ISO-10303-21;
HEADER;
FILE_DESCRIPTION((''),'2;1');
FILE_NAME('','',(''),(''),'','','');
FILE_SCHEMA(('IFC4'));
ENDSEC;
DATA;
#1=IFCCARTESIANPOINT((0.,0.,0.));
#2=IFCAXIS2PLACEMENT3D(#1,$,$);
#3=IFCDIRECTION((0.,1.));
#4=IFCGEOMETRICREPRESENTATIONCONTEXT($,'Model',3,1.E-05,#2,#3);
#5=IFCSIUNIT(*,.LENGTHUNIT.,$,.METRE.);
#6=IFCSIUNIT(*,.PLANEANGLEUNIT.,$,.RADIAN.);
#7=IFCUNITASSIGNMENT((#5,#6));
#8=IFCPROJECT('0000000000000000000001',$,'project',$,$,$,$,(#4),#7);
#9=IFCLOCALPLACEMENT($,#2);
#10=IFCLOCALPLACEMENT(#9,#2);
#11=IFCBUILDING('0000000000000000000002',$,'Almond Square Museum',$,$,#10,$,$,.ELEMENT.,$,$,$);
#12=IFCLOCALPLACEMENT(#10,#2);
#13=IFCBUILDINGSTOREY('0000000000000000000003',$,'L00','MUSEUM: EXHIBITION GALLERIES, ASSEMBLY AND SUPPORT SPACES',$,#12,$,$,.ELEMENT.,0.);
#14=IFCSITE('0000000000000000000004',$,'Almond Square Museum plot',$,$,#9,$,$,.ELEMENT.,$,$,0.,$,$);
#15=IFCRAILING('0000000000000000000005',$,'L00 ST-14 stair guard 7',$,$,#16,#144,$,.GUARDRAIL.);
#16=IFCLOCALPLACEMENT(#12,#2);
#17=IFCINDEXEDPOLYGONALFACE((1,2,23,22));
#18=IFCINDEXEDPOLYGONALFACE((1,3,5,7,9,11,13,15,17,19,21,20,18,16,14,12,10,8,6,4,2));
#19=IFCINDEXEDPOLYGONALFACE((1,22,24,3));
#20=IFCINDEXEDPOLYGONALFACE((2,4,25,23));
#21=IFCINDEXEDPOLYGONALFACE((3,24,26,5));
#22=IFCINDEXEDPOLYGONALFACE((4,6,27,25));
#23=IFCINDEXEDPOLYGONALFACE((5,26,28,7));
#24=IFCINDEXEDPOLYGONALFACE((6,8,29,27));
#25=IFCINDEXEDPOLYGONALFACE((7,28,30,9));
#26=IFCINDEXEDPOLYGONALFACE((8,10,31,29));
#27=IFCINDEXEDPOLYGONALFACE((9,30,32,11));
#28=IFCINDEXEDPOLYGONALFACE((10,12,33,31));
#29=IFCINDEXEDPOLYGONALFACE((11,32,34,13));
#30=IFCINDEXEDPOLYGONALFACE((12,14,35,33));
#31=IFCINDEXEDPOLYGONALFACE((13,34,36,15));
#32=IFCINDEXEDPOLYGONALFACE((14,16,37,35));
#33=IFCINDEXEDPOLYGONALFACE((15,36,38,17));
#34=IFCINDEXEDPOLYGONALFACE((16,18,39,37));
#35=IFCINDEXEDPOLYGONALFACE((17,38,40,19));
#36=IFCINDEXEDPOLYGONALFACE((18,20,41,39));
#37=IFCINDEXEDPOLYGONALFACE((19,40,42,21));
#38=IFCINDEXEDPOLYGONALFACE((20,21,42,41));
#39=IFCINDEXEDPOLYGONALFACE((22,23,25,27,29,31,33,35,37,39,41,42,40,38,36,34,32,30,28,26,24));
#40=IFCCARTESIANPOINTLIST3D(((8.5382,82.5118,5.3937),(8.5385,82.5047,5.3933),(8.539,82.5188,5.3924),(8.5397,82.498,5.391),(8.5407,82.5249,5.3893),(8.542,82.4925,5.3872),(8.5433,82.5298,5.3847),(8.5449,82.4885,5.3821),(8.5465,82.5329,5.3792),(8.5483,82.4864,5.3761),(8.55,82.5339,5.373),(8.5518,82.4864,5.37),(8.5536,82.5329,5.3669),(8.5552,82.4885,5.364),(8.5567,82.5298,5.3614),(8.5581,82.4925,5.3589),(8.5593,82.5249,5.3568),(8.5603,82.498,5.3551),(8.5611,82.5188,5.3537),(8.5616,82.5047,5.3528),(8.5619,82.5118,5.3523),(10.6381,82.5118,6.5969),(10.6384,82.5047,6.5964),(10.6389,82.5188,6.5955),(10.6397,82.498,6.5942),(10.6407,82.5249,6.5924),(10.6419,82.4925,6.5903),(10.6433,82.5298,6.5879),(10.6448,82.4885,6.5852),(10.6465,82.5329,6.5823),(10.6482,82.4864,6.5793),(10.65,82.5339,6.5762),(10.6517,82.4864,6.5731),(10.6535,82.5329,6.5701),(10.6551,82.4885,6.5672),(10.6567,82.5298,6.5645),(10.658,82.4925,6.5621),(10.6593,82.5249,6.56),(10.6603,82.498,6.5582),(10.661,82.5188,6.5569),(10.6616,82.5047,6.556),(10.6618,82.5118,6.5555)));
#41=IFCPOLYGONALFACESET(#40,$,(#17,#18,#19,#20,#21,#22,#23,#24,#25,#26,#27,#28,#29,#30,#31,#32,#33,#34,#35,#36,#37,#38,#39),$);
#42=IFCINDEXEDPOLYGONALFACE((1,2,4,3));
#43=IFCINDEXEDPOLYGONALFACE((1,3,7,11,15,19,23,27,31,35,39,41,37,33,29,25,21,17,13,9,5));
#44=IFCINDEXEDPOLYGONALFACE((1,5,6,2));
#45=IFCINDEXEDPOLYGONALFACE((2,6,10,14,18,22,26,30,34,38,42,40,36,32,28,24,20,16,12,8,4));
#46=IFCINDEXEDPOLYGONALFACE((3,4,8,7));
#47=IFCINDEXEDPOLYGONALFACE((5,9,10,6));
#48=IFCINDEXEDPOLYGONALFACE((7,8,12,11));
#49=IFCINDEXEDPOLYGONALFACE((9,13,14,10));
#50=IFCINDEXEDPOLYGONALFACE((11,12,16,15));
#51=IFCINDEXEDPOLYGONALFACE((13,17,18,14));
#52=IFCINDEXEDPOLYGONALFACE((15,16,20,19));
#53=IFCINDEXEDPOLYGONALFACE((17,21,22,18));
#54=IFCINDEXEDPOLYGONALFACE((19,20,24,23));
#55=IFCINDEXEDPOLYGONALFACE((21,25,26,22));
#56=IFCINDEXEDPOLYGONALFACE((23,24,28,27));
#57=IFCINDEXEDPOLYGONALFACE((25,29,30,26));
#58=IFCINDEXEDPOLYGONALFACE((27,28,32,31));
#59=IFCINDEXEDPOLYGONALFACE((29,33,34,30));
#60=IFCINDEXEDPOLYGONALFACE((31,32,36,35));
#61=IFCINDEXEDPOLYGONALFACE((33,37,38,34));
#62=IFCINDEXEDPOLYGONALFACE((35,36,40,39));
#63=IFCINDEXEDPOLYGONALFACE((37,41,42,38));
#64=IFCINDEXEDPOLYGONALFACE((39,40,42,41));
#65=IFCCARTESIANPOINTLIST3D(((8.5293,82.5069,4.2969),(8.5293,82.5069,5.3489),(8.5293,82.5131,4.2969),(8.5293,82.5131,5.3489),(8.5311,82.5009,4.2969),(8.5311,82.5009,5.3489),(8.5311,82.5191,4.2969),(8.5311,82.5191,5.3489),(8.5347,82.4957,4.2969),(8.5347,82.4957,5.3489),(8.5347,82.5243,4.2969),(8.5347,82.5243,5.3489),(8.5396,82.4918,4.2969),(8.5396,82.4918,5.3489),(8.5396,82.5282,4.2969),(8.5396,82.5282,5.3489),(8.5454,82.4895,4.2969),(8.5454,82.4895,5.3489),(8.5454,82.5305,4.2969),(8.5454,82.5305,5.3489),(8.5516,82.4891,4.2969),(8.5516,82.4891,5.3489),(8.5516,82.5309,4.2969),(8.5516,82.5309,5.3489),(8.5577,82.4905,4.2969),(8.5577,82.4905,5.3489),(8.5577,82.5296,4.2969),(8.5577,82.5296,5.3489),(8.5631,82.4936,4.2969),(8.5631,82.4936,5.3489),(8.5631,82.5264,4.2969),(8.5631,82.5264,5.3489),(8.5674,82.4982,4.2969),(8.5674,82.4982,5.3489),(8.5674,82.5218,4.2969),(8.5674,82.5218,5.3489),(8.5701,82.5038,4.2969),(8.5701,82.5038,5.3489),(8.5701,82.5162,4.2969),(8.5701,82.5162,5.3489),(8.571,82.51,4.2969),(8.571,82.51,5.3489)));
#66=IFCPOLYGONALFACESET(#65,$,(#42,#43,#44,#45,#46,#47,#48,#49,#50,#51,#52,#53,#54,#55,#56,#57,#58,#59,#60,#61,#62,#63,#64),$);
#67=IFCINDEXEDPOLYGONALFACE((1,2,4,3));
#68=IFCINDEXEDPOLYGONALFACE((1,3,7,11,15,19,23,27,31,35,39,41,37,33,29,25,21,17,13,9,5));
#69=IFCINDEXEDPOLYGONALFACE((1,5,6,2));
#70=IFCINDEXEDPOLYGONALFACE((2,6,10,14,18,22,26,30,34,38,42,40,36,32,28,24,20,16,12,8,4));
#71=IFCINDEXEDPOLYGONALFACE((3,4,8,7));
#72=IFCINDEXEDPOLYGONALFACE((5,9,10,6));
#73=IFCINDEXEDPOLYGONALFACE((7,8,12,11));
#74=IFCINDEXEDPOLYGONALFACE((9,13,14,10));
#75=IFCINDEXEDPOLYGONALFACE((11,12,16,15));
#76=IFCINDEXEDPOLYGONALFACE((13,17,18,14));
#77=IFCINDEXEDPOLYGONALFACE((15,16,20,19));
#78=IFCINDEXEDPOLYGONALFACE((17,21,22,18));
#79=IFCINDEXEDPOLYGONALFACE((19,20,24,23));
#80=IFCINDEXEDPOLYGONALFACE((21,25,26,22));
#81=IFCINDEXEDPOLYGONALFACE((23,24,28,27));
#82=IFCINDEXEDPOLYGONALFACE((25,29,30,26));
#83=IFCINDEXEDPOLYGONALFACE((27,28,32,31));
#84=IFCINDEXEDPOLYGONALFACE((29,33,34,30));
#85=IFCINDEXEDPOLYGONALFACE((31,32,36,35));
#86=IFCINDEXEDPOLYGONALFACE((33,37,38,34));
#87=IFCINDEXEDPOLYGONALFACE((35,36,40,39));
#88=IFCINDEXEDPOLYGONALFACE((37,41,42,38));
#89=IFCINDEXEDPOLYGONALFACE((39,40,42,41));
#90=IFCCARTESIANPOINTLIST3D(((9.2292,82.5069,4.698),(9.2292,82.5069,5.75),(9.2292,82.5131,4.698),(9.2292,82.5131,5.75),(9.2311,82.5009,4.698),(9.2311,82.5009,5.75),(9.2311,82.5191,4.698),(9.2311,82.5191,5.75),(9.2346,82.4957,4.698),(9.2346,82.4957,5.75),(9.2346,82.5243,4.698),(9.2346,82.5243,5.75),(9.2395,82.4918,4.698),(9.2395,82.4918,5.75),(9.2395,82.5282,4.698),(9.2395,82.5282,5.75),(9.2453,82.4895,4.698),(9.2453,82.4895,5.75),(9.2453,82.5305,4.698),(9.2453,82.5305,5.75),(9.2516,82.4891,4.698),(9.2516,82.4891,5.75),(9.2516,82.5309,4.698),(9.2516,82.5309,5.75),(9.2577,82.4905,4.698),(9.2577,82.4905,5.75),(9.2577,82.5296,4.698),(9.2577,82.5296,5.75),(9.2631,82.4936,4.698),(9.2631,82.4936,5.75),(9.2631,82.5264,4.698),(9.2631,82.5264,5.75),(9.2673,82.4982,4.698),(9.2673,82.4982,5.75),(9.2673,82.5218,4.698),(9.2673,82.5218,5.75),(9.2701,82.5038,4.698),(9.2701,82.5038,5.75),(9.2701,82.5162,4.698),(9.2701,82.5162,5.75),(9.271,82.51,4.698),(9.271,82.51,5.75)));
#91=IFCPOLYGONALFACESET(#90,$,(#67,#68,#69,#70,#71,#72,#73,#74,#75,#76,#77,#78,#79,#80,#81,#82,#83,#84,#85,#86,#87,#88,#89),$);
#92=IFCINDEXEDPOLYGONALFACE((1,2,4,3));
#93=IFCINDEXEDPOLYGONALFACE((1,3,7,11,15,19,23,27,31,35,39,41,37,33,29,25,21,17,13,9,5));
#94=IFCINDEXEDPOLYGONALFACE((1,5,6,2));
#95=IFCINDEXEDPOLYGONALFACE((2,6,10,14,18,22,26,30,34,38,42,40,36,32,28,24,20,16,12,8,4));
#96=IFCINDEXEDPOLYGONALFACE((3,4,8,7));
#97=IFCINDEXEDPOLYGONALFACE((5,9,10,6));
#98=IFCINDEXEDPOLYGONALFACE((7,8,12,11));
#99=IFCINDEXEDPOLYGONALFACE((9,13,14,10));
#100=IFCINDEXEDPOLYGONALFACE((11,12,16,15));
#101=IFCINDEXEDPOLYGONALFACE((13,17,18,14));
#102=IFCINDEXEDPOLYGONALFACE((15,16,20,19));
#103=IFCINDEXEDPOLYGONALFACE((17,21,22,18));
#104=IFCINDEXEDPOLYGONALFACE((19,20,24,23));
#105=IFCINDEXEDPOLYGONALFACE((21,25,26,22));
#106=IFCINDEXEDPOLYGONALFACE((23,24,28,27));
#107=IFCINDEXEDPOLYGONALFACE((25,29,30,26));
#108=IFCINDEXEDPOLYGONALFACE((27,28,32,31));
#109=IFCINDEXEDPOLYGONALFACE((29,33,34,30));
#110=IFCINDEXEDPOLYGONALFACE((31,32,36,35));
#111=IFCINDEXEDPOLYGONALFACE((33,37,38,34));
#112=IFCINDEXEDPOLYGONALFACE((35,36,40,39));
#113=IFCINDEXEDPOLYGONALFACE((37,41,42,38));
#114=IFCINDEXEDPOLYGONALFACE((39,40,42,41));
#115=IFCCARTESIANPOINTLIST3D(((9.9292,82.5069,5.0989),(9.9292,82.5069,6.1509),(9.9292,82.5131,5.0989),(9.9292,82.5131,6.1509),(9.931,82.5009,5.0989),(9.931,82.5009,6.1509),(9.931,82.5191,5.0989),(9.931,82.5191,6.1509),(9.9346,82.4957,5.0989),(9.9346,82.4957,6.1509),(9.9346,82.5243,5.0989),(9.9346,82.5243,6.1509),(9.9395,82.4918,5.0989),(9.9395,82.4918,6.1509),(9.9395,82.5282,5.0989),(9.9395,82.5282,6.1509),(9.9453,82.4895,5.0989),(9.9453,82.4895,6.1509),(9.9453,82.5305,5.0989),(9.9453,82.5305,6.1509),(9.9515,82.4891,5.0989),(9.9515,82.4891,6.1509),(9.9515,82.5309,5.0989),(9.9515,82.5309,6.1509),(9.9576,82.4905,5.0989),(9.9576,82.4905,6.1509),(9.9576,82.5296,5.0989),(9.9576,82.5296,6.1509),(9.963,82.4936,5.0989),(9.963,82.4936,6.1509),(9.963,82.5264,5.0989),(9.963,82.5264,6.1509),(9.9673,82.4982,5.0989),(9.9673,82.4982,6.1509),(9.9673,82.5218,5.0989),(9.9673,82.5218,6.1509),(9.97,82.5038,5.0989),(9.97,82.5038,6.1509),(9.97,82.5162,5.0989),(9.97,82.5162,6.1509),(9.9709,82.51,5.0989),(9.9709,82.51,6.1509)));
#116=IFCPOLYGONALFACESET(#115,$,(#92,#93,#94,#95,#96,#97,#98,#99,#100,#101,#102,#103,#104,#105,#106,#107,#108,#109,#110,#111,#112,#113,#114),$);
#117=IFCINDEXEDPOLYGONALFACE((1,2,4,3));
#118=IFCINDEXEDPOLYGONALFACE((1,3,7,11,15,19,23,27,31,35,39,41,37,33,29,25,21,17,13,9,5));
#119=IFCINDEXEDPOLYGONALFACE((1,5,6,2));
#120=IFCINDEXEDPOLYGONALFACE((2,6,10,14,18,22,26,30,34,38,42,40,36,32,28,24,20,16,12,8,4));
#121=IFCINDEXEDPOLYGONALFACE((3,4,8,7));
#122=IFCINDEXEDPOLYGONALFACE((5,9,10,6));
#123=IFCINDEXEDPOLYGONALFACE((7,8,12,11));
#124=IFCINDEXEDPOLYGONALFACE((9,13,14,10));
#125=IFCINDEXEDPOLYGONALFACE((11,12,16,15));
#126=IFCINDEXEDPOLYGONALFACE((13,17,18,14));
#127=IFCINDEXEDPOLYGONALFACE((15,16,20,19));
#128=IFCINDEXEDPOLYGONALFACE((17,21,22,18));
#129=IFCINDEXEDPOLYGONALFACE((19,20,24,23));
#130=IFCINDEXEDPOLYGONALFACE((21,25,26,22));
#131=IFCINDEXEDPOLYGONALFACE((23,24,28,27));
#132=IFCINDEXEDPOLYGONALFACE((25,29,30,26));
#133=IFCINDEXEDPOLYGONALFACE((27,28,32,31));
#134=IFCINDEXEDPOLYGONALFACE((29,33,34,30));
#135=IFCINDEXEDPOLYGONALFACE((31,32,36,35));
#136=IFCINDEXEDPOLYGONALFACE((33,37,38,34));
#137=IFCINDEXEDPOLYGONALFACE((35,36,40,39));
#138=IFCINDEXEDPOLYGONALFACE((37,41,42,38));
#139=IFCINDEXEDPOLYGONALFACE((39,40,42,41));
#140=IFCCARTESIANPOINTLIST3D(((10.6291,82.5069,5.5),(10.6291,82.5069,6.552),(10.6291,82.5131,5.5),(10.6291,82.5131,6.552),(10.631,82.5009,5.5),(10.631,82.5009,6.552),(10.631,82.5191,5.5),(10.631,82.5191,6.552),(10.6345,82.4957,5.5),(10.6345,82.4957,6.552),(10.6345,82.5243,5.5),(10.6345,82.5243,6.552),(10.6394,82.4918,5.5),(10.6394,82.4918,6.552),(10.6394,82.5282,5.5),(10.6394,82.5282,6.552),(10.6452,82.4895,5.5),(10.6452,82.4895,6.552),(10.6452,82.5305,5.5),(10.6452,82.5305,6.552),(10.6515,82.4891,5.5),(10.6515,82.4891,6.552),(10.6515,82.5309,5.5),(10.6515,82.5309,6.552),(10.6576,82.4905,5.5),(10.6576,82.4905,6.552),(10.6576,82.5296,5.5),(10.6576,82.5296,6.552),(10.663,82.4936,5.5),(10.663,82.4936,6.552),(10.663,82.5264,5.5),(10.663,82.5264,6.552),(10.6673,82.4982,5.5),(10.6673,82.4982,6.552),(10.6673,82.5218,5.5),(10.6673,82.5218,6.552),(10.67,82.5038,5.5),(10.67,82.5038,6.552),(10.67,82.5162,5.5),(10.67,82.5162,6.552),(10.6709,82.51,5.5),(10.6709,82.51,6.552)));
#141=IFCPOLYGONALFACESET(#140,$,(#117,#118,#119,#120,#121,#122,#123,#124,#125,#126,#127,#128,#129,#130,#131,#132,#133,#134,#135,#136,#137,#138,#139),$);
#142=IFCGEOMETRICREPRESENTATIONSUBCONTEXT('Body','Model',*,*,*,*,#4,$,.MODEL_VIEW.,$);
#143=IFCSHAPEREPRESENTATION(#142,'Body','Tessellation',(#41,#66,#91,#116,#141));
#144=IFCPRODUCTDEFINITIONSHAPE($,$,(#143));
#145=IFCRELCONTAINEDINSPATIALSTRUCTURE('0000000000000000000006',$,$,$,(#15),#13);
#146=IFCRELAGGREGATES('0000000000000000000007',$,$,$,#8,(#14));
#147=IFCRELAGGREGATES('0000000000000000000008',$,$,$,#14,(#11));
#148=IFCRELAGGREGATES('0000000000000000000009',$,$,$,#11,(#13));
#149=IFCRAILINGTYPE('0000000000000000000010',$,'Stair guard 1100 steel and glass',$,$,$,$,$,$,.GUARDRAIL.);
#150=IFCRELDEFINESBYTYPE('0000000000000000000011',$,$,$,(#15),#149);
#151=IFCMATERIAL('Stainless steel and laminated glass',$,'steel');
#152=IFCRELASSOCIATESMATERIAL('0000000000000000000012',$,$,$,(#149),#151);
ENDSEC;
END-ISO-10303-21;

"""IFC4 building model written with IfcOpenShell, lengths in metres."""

from ifc_helpers import new_model, si_unit, direction, frame, origin, origin_2d, place, context, subcontext, project, spatial, circle, extrude, material, type_object, element, save


model = new_model("IFC4")

# Units and contexts
model_context = context("Model", 3, precision=1e-05, world=origin(), true_north=direction((0.0, 1.0)))
body_context = subcontext(model_context, "Body", "Model", "MODEL_VIEW")
ifc_project = project(units=[si_unit("LENGTHUNIT", "METRE"), si_unit("PLANEANGLEUNIT", "RADIAN")], contexts=[model_context])

# Site, building, storey
site_placement = place(None, origin())
site = spatial("IfcSite", under=ifc_project, at=site_placement, Name="Almond Square Museum plot", CompositionType="ELEMENT", RefElevation=0.0)
building_placement = place(site_placement, origin())
building = spatial("IfcBuilding", under=site, at=building_placement, Name="Almond Square Museum", CompositionType="ELEMENT")
storey_placement = place(building_placement, origin())
storey = spatial("IfcBuildingStorey", under=building, at=storey_placement, Name="L00", Description="MUSEUM: EXHIBITION GALLERIES, ASSEMBLY AND SUPPORT SPACES", CompositionType="ELEMENT", Elevation=0.0)

# Railing
ifc_material_1 = material(Name="Stainless steel and laminated glass", Category="steel")
railing_type_1 = type_object("IfcRailingType", Name="Stair guard 1100 steel and glass", PredefinedType="GUARDRAIL", material=ifc_material_1)
railing_1_placement = place(storey_placement, frame((8.55, 82.51, 4.2969)))
element("IfcRailing", 1, at=railing_1_placement, inside=storey, type_object=railing_type_1, Name="L00 ST-14 stair guard 7", PredefinedType="GUARDRAIL", context=body_context, shape_type="SweptSolid", body=[
    extrude(circle(Radius=0.0239, at=origin_2d()), frame((0.0, 0.0, 1.0762), z_axis=(0.867671, 0.0, 0.497138), x_axis=(0.0, 1.0, 0.0)), (0.0, 0.0, 1.0), 2.4202),
    extrude(circle(Radius=0.021, at=origin_2d()), origin(), (0.0, 0.0, 1.0), 1.052),
    extrude(circle(Radius=0.021, at=origin_2d()), frame((0.7, 0.0, 0.4011)), (0.0, 0.0, 1.0), 1.052),
    extrude(circle(Radius=0.021, at=origin_2d()), frame((1.3999, 0.0, 0.802)), (0.0, 0.0, 1.0), 1.052),
    extrude(circle(Radius=0.021, at=origin_2d()), frame((2.0999, 0.0, 1.2031)), (0.0, 0.0, 1.0), 1.052),
])

save(model, "model.ifc")
